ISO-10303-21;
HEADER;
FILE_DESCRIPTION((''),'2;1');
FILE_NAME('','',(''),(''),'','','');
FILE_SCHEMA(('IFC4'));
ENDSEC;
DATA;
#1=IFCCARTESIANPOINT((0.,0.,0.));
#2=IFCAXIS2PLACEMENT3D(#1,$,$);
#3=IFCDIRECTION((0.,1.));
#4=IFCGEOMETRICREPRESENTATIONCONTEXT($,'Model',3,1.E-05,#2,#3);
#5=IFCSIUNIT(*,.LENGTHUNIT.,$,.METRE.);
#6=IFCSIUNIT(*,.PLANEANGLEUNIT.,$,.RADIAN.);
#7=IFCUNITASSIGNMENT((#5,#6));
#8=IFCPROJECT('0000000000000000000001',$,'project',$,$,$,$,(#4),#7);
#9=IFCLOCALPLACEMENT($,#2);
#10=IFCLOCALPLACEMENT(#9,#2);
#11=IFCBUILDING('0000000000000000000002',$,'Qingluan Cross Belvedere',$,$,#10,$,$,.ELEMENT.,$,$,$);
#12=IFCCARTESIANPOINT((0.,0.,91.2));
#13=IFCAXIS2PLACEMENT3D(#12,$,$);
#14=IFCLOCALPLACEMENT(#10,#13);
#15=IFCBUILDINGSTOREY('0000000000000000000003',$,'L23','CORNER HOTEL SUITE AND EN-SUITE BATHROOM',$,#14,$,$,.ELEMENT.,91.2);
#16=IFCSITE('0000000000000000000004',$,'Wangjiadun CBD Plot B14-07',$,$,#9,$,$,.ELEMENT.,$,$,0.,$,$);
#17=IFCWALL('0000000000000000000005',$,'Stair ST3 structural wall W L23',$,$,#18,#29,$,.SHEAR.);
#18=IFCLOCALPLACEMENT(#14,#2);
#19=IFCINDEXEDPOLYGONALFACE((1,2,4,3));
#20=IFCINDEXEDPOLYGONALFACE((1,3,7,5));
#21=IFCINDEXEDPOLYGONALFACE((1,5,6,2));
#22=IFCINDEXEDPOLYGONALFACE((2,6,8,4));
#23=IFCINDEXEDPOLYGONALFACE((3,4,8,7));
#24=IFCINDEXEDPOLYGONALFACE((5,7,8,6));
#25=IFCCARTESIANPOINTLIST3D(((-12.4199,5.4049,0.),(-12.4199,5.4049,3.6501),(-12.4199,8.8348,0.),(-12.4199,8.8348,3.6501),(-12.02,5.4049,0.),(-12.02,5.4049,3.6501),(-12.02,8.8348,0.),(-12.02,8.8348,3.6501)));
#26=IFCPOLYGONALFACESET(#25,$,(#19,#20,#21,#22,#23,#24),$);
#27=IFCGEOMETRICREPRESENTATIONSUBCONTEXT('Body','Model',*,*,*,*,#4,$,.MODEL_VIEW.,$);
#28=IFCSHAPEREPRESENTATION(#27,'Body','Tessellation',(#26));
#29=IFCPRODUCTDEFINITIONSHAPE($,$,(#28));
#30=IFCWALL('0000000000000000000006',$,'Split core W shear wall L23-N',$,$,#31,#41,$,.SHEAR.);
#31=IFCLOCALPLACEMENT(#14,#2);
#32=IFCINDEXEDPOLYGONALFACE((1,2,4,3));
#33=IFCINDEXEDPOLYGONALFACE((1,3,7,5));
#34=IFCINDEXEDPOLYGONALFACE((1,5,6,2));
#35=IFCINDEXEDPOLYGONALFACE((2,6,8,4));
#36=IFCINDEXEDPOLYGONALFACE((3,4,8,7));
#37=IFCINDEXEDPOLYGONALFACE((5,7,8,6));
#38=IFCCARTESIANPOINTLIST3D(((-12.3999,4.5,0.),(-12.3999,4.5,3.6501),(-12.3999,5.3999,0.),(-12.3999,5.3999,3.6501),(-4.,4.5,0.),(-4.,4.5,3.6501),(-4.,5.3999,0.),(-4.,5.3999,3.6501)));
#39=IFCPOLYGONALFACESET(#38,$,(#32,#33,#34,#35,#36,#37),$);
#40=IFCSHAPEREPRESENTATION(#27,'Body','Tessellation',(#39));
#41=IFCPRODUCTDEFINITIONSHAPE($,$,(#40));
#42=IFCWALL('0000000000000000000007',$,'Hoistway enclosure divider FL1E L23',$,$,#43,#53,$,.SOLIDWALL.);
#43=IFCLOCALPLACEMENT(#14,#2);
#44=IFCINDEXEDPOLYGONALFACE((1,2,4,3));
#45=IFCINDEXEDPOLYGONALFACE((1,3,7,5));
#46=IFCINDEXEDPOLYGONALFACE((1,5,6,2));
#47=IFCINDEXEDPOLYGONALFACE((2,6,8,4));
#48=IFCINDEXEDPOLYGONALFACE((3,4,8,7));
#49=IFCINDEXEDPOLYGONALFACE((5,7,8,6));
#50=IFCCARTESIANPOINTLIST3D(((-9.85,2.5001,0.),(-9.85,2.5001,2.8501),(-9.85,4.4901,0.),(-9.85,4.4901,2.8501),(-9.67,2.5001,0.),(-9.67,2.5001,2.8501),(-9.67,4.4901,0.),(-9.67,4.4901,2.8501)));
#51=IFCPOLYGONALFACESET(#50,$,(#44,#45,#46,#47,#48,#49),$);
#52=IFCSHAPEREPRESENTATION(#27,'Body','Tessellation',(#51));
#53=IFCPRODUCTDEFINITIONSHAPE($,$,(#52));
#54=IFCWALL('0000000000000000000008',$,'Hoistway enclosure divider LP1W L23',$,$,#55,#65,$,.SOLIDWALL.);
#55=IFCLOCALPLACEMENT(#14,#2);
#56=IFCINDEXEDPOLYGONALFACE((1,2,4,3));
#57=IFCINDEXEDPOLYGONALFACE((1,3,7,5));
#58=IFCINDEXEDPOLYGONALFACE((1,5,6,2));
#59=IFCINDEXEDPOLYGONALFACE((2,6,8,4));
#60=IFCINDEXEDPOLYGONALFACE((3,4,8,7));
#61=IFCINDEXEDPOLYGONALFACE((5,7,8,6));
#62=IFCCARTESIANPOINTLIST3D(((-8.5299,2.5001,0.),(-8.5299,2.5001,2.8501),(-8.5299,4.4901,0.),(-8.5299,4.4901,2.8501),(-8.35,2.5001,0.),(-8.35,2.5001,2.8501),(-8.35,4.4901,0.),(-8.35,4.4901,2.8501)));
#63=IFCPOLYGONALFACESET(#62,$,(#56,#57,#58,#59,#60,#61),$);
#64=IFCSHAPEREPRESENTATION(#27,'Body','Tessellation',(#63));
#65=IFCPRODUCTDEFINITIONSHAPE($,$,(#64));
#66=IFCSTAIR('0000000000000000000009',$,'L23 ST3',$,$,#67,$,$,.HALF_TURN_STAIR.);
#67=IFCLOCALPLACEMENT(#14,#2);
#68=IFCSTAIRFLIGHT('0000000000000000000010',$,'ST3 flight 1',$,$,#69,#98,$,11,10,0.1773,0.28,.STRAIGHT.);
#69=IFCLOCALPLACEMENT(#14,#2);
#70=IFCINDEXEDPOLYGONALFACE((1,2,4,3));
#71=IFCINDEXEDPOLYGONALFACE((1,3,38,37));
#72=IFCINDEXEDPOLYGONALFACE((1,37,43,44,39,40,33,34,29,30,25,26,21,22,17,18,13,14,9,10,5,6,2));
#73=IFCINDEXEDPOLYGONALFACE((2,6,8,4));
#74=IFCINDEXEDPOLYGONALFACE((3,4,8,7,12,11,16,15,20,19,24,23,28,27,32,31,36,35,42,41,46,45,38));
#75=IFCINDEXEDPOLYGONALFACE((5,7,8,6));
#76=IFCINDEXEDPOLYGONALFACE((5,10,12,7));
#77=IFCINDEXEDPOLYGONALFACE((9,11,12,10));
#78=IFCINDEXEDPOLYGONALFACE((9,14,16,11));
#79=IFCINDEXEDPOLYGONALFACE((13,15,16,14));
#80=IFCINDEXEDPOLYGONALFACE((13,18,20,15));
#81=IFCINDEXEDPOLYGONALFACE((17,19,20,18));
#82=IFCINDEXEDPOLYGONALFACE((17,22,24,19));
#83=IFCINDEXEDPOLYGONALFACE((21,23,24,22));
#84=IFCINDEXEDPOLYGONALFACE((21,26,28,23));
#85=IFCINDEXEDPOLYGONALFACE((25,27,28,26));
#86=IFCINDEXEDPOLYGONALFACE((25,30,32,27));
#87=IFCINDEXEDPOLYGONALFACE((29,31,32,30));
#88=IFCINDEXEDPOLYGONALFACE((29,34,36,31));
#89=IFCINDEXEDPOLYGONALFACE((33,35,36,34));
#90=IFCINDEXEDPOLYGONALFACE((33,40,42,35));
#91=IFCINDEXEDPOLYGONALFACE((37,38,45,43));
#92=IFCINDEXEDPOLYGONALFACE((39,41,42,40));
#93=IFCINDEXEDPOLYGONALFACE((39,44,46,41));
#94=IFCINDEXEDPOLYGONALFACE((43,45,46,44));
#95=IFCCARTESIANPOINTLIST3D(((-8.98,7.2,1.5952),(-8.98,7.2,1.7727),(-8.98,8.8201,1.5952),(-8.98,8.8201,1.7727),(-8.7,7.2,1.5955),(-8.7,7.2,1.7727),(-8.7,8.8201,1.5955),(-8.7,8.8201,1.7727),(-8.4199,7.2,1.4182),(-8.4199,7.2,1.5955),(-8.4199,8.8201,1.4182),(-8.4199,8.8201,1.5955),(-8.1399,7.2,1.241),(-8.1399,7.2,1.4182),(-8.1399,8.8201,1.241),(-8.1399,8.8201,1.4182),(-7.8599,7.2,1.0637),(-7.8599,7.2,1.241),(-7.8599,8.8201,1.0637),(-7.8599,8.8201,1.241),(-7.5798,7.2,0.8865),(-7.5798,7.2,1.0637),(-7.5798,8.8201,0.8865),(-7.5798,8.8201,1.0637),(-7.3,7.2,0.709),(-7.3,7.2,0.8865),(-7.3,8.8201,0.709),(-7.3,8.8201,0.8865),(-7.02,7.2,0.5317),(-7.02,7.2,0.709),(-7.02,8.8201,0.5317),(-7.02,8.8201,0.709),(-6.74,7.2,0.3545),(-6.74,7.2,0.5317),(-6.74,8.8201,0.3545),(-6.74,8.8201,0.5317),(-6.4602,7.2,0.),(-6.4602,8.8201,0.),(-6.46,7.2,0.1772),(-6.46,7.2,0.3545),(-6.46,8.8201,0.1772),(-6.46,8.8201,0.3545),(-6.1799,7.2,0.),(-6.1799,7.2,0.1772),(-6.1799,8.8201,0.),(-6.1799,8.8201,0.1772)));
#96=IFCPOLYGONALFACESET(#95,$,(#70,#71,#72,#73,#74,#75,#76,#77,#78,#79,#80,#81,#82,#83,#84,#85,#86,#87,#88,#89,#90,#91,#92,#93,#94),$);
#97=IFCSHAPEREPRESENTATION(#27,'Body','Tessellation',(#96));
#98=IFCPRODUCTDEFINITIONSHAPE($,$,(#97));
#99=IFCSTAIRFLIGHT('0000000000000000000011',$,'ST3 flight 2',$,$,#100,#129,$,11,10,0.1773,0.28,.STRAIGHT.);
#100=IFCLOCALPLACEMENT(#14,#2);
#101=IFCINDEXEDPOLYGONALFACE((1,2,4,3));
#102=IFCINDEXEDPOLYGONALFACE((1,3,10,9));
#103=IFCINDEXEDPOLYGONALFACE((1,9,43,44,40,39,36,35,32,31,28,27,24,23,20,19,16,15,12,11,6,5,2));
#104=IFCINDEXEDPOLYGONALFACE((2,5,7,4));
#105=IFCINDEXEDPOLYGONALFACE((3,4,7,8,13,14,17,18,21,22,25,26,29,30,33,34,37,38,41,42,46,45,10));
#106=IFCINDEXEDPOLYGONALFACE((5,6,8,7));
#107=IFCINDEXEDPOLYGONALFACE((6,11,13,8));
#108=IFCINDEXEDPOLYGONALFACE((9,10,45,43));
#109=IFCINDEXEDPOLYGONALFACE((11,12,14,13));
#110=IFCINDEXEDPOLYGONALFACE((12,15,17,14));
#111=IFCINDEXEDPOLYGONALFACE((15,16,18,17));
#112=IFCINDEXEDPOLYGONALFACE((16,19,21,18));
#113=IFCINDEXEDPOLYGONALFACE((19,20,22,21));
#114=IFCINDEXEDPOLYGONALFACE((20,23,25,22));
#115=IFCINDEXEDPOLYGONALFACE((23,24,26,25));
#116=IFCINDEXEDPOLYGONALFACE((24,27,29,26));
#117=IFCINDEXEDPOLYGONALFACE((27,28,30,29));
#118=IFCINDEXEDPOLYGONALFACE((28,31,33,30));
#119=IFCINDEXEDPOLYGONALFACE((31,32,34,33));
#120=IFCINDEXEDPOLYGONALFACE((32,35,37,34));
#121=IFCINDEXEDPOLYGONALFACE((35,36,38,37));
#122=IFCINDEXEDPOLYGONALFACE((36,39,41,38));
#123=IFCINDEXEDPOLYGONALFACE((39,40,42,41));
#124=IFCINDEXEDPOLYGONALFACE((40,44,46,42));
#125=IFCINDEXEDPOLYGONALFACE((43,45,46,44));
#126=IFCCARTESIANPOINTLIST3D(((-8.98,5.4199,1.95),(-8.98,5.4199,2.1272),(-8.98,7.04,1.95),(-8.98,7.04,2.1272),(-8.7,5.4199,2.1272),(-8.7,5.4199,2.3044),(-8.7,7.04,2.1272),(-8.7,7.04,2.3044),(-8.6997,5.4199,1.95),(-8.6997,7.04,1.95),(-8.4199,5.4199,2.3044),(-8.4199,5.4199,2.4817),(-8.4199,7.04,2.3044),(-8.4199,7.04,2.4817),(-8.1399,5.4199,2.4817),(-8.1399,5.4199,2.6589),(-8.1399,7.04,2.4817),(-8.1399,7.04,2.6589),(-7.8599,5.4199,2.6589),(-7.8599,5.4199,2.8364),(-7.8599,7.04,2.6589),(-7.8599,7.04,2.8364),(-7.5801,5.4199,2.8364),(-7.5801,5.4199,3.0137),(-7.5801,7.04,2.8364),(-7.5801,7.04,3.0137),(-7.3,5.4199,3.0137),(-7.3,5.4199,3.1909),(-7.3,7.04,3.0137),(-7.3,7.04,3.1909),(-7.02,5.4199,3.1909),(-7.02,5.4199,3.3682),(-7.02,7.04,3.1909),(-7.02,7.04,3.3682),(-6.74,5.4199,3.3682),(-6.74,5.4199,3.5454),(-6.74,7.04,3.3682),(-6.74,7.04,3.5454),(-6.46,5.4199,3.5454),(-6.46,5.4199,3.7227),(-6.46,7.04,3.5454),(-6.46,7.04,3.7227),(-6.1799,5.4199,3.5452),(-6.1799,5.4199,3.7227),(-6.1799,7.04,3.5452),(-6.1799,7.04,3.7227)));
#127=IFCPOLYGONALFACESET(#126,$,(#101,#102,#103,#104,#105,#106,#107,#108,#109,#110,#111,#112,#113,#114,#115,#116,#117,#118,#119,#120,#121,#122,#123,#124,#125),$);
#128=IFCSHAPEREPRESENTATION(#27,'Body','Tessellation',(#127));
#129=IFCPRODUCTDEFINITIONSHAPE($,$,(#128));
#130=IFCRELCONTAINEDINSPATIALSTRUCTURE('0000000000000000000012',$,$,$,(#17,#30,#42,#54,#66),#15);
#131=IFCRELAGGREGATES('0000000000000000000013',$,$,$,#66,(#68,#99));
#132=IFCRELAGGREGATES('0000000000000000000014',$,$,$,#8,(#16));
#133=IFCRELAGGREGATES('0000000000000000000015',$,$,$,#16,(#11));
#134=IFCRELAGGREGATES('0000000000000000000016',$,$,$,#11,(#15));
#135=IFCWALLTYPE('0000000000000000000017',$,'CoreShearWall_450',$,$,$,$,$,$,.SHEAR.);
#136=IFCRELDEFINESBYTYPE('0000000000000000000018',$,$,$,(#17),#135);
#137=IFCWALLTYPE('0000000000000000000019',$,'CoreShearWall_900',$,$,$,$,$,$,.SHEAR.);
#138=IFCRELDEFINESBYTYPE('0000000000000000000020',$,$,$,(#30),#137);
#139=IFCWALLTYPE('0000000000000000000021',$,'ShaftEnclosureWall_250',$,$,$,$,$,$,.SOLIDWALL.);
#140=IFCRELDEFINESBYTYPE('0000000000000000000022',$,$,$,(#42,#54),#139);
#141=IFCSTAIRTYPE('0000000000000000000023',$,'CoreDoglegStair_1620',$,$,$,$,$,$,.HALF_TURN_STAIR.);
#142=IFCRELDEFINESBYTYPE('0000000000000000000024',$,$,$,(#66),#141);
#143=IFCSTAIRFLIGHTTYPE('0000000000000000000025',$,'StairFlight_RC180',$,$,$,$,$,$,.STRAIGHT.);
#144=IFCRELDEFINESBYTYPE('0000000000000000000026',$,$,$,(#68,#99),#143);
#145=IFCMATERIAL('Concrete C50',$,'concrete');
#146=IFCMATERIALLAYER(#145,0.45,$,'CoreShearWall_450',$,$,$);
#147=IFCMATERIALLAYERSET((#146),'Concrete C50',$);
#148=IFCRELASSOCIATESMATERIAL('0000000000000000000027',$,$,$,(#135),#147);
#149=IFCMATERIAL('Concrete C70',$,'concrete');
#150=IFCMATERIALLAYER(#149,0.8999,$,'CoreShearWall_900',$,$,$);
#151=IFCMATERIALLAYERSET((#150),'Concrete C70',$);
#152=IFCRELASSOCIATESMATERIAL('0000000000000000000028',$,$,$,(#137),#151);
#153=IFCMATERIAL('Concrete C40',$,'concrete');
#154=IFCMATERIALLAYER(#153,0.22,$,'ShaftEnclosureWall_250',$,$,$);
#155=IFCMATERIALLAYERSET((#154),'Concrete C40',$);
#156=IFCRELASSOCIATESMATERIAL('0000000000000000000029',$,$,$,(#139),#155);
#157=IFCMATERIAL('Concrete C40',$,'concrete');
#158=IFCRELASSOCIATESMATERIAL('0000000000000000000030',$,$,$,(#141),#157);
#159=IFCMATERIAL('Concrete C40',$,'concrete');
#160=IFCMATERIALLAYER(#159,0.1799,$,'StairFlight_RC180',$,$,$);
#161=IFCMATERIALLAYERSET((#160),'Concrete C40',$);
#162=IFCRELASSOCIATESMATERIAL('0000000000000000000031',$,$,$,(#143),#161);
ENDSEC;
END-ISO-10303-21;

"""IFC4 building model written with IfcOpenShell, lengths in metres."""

from ifc_helpers import new_model, si_unit, direction, frame, frame_2d, origin, place, context, subcontext, project, spatial, polyline, rectangle, outline, extrude, material, layer, layer_set, type_object, element, aggregate, save


model = new_model("IFC4")

# Units and contexts
model_context = context("Model", 3, precision=1e-05, world=origin(), true_north=direction((0.0, 1.0)))
body_context = subcontext(model_context, "Body", "Model", "MODEL_VIEW")
ifc_project = project(units=[si_unit("LENGTHUNIT", "METRE"), si_unit("PLANEANGLEUNIT", "RADIAN")], contexts=[model_context])

# Site, building, storey
site_placement = place(None, origin())
site = spatial("IfcSite", under=ifc_project, at=site_placement, Name="Wangjiadun CBD Plot B14-07", CompositionType="ELEMENT", RefElevation=0.0)
building_placement = place(site_placement, origin())
building = spatial("IfcBuilding", under=site, at=building_placement, Name="Qingluan Cross Belvedere", CompositionType="ELEMENT")
storey_placement = place(building_placement, frame((0.0, 0.0, 91.2)))
storey = spatial("IfcBuildingStorey", under=building, at=storey_placement, Name="L23", Description="CORNER HOTEL SUITE AND EN-SUITE BATHROOM", CompositionType="ELEMENT", Elevation=91.2)

# Wall
ifc_material_1 = material(Name="Concrete C50", Category="concrete")
ifc_layer_1 = layer(ifc_material_1, 0.45, Name="CoreShearWall_450")
ifc_layer_set_1 = layer_set([ifc_layer_1], Name="Concrete C50")
wall_type_1 = type_object("IfcWallType", Name="CoreShearWall_450", PredefinedType="SHEAR", material=ifc_layer_set_1)
wall_1_placement = place(storey_placement, frame((-12.22, 5.405, 0.0), z_axis=(0.0, 0.0, 1.0), x_axis=(0.0, 1.0, 0.0)))
element("IfcWall", 1, at=wall_1_placement, inside=storey, type_object=wall_type_1, Name="Stair ST3 structural wall W L23", PredefinedType="SHEAR", context=body_context, shape_type="SweptSolid", body=[
    extrude(rectangle(XDim=3.4299, YDim=0.3999, at=frame_2d((1.7148, 0.0))), origin(), (0.0, 0.0, 1.0), 3.6501),
])

# Wall
ifc_material_2 = material(Name="Concrete C70", Category="concrete")
ifc_layer_2 = layer(ifc_material_2, 0.8999, Name="CoreShearWall_900")
ifc_layer_set_2 = layer_set([ifc_layer_2], Name="Concrete C70")
wall_type_2 = type_object("IfcWallType", Name="CoreShearWall_900", PredefinedType="SHEAR", material=ifc_layer_set_2)
wall_2_placement = place(storey_placement, frame((-12.3999, 4.95, 0.0), z_axis=(0.0, 0.0, 1.0), x_axis=(1.0, 0.0, 0.0)))
element("IfcWall", 2, at=wall_2_placement, inside=storey, type_object=wall_type_2, Name="Split core W shear wall L23-N", PredefinedType="SHEAR", context=body_context, shape_type="SweptSolid", body=[
    extrude(rectangle(XDim=8.3999, YDim=0.8999, at=frame_2d((4.2, 0.0))), origin(), (0.0, 0.0, 1.0), 3.6501),
])

# Shared definitions
ifc_material_3 = material(Name="Concrete C40", Category="concrete")
ifc_layer_3 = layer(ifc_material_3, 0.22, Name="ShaftEnclosureWall_250")
ifc_layer_set_3 = layer_set([ifc_layer_3], Name="Concrete C40")
wall_type_3 = type_object("IfcWallType", Name="ShaftEnclosureWall_250", PredefinedType="SOLIDWALL", material=ifc_layer_set_3)

# Walls
for number, where, z_axis, x_axis, name in (
    (3, (-9.76, 2.5, 0.0), (0.0, 0.0, 1.0), (0.0, 1.0, 0.0), "Hoistway enclosure divider FL1E L23"),
    (4, (-8.4399, 2.5, 0.0), (0.0, 0.0, 1.0), (0.0, 1.0, 0.0), "Hoistway enclosure divider LP1W L23"),
):
    element("IfcWall", number, at=place(storey_placement, frame(where, z_axis=z_axis, x_axis=x_axis)), inside=storey, type_object=wall_type_3, Name=name, PredefinedType="SOLIDWALL", context=body_context, shape_type="SweptSolid", body=[
        extrude(rectangle(XDim=1.99, YDim=0.1799, at=frame_2d((0.9951, 0.0))), origin(), (0.0, 0.0, 1.0), 2.8501),
    ])

# Stair, stair flights
ifc_material_4 = material(Name="Concrete C40", Category="concrete")
stair_type = type_object("IfcStairType", Name="CoreDoglegStair_1620", PredefinedType="HALF_TURN_STAIR", material=ifc_material_4)
stair_placement = place(storey_placement, origin())
stair = element("IfcStair", 5, at=stair_placement, inside=storey, type_object=stair_type, Name="L23 ST3", PredefinedType="HALF_TURN_STAIR")
ifc_material_5 = material(Name="Concrete C40", Category="concrete")
ifc_layer_4 = layer(ifc_material_5, 0.1799, Name="StairFlight_RC180")
ifc_layer_set_4 = layer_set([ifc_layer_4], Name="Concrete C40")
stair_flight_type = type_object("IfcStairFlightType", Name="StairFlight_RC180", PredefinedType="STRAIGHT", material=ifc_layer_set_4)
stair_flight_1_placement = place(storey_placement, frame((-6.1799, 8.01, 0.0), z_axis=(0.0, 0.0, 1.0), x_axis=(-1.0, 0.0, 0.0)))
stair_flight_1 = element("IfcStairFlight", 6, at=stair_flight_1_placement, type_object=stair_flight_type, Name="ST3 flight 1", NumberOfRisers=11, NumberOfTreads=10, PredefinedType="STRAIGHT", RiserHeight=0.1773, TreadLength=0.28, context=body_context, shape_type="SweptSolid", body=[
    extrude(outline(polyline([(0.0, 0.0), (0.0, 0.1772), (0.28, 0.1772), (0.28, 0.3545), (0.5601, 0.3545), (0.5601, 0.5317), (0.8401, 0.5317), (0.8401, 0.709), (1.1201, 0.709), (1.1201, 0.8865), (1.3999, 0.8865), (1.3999, 1.0637), (1.6799, 1.0637), (1.6799, 1.241), (1.96, 1.241), (1.96, 1.4182), (2.24, 1.4182), (2.24, 1.5955), (2.52, 1.5955), (2.52, 1.7727), (2.8, 1.7727), (2.8, 1.95), (2.8, 1.5952), (0.2803, 0.0), (0.0, 0.0)])), frame((0.0, 0.8101, 0.0), z_axis=(0.0, -1.0, 0.0), x_axis=(1.0, 0.0, 0.0)), (0.0, 0.0, 1.0), 1.6201),
])
stair_flight_2_placement = place(storey_placement, frame((-8.98, 6.23, 1.95), z_axis=(0.0, 0.0, 1.0), x_axis=(1.0, 0.0, 0.0)))
stair_flight_2 = element("IfcStairFlight", 7, at=stair_flight_2_placement, type_object=stair_flight_type, Name="ST3 flight 2", NumberOfRisers=11, NumberOfTreads=10, PredefinedType="STRAIGHT", RiserHeight=0.1773, TreadLength=0.28, context=body_context, shape_type="SweptSolid", body=[
    extrude(outline(polyline([(0.0, 0.0), (0.0, 0.1772), (0.28, 0.1772), (0.28, 0.3545), (0.5601, 0.3545), (0.5601, 0.5317), (0.8401, 0.5317), (0.8401, 0.709), (1.1201, 0.709), (1.1201, 0.8865), (1.3999, 0.8865), (1.3999, 1.0637), (1.6799, 1.0637), (1.6799, 1.241), (1.96, 1.241), (1.96, 1.4182), (2.24, 1.4182), (2.24, 1.5955), (2.52, 1.5955), (2.52, 1.7727), (2.8, 1.7727), (2.8, 1.95), (2.8, 1.5952), (0.2803, 0.0), (0.0, 0.0)])), frame((0.0, 0.8101, 0.0), z_axis=(0.0, -1.0, 0.0), x_axis=(1.0, 0.0, 0.0)), (0.0, 0.0, 1.0), 1.6201),
])
aggregate(stair, [stair_flight_1, stair_flight_2])

save(model, "model.ifc")
